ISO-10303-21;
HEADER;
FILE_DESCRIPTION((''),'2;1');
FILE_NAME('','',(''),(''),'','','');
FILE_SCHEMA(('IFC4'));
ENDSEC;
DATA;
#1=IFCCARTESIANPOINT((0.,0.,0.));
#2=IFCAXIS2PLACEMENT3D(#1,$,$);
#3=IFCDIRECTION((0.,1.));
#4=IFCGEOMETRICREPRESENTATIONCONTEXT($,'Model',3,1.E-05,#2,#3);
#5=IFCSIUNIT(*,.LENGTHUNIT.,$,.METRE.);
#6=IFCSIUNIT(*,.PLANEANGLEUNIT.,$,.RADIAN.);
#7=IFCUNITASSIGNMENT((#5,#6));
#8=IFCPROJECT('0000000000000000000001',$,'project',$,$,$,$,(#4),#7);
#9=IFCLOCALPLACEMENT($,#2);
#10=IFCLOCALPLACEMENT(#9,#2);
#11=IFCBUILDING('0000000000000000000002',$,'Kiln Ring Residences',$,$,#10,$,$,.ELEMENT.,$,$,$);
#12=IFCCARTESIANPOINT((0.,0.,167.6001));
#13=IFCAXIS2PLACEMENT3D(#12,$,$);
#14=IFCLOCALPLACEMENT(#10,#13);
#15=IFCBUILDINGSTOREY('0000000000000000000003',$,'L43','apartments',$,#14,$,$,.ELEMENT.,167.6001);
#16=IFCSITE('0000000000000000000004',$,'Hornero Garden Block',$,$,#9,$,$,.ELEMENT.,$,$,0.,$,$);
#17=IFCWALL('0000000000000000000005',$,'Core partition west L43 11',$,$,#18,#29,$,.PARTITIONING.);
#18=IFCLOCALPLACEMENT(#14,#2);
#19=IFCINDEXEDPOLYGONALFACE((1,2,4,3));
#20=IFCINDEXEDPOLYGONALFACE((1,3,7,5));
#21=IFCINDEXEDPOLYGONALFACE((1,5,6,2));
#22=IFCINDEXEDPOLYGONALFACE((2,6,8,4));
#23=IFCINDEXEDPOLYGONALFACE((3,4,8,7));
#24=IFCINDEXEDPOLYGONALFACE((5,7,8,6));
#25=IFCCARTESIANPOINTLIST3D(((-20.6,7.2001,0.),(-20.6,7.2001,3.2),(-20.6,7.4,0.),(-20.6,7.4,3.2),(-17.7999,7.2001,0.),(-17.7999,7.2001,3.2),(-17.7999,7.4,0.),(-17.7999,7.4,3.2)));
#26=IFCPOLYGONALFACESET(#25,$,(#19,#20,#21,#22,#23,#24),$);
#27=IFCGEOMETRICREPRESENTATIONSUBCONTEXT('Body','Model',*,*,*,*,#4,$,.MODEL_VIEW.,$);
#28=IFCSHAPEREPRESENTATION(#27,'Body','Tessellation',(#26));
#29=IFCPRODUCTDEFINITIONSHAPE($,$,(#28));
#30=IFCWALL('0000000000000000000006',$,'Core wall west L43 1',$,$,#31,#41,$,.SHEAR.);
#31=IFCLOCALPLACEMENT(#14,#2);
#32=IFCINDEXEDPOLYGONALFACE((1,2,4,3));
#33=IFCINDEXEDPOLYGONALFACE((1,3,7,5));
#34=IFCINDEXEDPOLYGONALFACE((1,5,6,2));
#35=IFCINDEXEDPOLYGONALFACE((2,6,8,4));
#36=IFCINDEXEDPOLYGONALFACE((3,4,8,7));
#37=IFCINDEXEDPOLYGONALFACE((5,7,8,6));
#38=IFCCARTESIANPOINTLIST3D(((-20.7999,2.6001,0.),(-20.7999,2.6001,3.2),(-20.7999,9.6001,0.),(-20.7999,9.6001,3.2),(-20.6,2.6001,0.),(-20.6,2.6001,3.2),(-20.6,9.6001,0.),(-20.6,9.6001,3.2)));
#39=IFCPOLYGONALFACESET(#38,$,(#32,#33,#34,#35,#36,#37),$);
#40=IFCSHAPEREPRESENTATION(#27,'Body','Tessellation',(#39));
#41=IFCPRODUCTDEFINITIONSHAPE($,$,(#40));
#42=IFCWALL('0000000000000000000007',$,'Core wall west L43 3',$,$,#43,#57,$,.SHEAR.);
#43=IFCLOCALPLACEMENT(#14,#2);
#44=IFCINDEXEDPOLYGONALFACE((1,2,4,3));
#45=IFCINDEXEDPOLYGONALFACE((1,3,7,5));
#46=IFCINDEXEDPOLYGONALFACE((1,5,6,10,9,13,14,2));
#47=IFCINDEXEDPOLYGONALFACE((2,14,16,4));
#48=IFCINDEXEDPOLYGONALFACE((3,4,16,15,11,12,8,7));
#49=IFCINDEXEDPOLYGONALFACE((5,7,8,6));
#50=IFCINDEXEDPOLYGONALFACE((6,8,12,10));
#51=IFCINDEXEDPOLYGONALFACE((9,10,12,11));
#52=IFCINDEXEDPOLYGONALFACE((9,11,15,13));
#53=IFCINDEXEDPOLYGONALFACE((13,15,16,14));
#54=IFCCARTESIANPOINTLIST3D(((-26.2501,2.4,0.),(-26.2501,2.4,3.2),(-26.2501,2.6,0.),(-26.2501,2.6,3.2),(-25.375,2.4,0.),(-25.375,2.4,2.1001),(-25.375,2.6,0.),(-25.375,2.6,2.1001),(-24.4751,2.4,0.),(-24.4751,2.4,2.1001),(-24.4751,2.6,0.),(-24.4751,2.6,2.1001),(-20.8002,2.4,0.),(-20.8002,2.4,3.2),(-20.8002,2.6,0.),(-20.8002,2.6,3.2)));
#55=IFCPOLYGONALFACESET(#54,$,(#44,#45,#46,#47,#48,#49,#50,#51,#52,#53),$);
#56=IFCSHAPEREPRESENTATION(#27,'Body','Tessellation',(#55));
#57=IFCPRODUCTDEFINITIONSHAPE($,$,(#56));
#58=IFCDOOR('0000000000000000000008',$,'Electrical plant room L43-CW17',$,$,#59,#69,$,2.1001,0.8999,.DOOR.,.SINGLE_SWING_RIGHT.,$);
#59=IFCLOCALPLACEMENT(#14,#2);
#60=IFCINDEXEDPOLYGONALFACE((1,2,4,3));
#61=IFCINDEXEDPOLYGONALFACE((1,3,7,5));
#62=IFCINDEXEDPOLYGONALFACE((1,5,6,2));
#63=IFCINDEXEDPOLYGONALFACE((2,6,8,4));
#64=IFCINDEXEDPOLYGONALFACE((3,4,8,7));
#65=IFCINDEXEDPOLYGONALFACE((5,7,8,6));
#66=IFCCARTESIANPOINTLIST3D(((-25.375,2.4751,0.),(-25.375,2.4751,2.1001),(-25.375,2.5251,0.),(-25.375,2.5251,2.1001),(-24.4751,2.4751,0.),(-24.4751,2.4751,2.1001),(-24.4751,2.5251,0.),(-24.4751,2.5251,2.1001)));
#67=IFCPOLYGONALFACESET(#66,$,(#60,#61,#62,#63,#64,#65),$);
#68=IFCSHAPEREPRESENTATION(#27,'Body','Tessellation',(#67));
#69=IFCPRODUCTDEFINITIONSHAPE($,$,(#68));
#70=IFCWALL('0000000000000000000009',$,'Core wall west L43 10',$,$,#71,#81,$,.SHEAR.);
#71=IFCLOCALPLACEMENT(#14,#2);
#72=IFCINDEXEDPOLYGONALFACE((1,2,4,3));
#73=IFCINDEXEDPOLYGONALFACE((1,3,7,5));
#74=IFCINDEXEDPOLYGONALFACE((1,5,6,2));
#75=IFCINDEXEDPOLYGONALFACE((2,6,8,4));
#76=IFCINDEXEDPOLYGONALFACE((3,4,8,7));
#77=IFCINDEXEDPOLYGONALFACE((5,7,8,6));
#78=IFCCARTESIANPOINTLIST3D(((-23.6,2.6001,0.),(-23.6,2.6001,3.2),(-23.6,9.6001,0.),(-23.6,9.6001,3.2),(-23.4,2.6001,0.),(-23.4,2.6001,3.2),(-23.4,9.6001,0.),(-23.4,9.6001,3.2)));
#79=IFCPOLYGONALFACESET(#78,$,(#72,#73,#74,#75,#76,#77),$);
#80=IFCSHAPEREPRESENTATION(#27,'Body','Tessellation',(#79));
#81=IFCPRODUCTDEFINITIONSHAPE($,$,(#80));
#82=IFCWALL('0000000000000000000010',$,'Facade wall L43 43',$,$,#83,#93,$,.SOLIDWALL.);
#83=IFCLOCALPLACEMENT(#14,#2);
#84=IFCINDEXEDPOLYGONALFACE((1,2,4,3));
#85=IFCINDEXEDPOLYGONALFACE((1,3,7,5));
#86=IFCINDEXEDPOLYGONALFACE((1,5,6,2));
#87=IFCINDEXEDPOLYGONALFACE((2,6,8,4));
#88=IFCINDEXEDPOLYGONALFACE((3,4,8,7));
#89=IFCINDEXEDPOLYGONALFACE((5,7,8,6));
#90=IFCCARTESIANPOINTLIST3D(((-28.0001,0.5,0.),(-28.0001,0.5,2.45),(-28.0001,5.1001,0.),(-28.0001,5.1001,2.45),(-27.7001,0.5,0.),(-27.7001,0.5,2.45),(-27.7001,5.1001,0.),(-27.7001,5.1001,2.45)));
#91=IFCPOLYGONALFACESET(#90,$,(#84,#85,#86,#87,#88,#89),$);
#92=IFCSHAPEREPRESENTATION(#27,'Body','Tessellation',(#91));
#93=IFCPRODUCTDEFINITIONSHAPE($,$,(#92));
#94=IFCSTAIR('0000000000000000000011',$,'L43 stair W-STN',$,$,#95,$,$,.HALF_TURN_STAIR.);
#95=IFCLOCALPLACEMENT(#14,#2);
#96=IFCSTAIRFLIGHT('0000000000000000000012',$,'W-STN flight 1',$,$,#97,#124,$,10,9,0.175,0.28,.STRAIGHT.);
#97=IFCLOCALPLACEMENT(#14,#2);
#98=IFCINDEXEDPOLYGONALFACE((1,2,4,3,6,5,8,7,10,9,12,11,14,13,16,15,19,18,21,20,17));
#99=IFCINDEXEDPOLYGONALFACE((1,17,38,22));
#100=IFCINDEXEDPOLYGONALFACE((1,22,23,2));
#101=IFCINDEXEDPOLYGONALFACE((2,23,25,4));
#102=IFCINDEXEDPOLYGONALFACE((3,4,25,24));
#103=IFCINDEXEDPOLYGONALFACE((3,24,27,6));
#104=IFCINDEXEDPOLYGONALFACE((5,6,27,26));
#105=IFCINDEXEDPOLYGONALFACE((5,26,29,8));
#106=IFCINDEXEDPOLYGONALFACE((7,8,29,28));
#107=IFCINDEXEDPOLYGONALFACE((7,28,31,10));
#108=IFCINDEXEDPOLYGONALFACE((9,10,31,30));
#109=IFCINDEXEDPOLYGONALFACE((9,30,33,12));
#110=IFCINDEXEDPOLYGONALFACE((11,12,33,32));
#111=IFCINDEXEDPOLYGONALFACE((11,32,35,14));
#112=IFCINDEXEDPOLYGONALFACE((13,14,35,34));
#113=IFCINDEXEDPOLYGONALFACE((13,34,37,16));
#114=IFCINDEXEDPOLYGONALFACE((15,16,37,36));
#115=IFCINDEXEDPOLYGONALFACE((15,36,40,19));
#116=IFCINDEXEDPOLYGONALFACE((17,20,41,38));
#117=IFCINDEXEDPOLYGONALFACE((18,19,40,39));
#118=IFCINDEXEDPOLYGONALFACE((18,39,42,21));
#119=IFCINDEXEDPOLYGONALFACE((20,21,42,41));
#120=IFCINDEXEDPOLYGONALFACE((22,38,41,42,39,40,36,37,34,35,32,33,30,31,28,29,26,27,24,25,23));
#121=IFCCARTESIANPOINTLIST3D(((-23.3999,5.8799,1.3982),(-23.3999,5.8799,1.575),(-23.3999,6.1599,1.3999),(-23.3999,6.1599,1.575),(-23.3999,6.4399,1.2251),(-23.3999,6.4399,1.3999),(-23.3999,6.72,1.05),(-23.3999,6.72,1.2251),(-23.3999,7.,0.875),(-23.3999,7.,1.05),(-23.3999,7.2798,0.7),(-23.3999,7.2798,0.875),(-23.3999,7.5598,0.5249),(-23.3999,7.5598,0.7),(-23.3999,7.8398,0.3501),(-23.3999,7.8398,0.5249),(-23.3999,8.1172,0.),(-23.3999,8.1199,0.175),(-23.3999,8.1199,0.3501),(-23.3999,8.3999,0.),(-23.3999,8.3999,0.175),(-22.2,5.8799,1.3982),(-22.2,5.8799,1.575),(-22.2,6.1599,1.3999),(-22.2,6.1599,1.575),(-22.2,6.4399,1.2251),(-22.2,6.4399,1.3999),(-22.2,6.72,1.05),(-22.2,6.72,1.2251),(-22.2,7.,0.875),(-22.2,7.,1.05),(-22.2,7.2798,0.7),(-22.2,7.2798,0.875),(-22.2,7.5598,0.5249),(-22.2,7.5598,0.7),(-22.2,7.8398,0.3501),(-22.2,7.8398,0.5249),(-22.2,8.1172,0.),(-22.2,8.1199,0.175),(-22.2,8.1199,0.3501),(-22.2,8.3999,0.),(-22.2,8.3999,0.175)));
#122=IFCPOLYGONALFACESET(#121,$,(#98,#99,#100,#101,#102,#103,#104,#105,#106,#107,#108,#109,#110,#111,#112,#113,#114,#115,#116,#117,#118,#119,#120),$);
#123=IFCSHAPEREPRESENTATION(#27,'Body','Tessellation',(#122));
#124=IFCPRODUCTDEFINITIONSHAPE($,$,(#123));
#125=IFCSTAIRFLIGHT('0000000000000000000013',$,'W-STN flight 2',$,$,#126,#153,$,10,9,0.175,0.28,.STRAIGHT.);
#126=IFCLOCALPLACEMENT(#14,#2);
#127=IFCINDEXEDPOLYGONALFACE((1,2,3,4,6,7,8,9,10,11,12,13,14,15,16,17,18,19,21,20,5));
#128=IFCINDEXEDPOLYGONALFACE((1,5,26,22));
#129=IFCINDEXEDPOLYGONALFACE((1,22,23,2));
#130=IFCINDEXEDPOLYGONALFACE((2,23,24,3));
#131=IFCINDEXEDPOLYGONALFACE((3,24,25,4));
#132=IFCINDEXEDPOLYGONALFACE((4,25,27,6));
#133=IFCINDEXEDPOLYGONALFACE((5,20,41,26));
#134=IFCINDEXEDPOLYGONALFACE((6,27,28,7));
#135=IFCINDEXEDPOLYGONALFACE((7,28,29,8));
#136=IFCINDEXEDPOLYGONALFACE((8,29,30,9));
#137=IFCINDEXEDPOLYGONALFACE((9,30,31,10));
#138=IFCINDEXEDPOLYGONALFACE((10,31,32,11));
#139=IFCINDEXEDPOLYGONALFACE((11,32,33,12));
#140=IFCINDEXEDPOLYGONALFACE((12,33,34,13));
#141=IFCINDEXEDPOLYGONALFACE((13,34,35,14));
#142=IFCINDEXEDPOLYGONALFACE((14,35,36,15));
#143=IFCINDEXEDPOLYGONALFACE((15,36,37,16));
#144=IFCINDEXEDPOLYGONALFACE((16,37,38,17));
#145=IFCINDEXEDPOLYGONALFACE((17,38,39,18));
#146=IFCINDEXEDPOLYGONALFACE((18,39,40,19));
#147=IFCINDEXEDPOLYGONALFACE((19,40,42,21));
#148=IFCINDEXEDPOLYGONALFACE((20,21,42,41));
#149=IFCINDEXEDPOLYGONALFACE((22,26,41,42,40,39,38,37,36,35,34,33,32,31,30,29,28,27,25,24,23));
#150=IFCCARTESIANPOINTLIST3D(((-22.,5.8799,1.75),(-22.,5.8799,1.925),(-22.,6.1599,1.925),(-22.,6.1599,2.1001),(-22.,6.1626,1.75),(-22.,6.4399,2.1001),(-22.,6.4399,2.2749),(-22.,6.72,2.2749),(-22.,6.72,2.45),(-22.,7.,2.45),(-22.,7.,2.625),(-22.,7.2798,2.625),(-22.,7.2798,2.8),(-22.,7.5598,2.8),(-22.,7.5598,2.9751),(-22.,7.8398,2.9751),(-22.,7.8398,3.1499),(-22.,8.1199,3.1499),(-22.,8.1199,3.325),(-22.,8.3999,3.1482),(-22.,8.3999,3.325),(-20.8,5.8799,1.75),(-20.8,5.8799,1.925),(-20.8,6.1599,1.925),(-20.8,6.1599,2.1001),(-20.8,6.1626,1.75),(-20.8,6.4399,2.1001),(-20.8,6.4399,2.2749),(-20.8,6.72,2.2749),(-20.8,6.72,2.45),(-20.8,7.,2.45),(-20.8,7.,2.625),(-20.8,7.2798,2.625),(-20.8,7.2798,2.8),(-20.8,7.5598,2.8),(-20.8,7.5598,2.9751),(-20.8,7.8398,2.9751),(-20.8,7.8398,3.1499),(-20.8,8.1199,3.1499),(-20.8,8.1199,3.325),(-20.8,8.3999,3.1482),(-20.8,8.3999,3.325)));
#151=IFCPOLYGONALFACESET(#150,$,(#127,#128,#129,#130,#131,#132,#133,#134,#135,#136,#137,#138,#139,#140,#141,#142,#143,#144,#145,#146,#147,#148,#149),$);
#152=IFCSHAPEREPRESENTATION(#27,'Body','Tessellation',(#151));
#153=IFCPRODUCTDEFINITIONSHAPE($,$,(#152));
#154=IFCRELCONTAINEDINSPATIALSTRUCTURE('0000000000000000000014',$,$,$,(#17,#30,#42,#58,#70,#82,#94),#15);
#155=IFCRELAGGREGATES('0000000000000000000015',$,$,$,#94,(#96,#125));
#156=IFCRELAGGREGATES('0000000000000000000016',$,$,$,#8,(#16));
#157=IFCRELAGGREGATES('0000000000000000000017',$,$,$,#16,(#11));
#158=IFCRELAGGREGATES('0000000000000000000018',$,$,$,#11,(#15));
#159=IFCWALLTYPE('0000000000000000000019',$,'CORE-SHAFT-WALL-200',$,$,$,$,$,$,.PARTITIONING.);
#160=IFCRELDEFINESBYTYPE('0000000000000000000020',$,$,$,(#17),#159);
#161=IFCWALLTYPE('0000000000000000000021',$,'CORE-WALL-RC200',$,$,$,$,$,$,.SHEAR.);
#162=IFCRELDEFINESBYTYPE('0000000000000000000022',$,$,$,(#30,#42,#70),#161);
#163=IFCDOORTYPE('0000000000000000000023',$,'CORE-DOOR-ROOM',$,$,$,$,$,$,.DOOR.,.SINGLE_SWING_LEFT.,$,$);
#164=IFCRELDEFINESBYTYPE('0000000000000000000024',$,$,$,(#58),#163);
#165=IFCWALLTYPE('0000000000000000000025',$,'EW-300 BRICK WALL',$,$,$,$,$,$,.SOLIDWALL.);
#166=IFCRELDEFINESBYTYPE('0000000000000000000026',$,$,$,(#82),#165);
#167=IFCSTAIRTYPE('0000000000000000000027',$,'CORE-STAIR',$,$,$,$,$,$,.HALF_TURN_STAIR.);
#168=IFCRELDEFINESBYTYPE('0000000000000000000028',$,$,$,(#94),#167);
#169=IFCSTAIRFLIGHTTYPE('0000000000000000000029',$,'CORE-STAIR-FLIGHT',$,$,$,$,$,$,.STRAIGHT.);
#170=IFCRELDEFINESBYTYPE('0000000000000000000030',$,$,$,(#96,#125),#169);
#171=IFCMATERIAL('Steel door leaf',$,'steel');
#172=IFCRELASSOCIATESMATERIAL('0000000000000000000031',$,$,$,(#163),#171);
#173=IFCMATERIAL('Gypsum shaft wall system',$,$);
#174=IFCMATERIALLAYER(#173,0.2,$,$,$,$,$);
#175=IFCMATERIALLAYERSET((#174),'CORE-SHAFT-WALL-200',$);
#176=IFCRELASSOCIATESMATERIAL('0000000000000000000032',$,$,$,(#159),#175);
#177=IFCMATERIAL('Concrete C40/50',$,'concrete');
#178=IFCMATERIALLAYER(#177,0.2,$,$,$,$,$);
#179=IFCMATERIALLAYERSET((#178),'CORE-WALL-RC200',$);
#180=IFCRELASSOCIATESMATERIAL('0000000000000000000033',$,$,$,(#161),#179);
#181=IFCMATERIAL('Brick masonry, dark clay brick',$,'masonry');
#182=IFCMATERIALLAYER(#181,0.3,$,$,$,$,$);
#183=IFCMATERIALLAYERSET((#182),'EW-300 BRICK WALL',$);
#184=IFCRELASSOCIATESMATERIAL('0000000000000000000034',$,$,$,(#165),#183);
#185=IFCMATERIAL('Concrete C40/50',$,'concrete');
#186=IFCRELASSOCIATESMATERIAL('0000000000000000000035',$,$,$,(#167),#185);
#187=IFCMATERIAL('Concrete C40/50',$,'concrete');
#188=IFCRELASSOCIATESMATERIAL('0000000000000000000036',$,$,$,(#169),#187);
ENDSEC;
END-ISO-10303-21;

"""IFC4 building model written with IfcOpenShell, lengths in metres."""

from ifc_helpers import new_model, si_unit, direction, frame, frame_2d, origin, place, context, subcontext, project, spatial, polyline, rectangle, outline, extrude, material, layer, layer_set, type_object, element, fill, aggregate, save


model = new_model("IFC4")

# Units and contexts
model_context = context("Model", 3, precision=1e-05, world=origin(), true_north=direction((0.0, 1.0)))
body_context = subcontext(model_context, "Body", "Model", "MODEL_VIEW")
ifc_project = project(units=[si_unit("LENGTHUNIT", "METRE"), si_unit("PLANEANGLEUNIT", "RADIAN")], contexts=[model_context])

# Site, building, storey
site_placement = place(None, origin())
site = spatial("IfcSite", under=ifc_project, at=site_placement, Name="Hornero Garden Block", CompositionType="ELEMENT", RefElevation=0.0)
building_placement = place(site_placement, origin())
building = spatial("IfcBuilding", under=site, at=building_placement, Name="Kiln Ring Residences", CompositionType="ELEMENT")
storey_placement = place(building_placement, frame((0.0, 0.0, 167.6001)))
storey = spatial("IfcBuildingStorey", under=building, at=storey_placement, Name="L43", Description="apartments", CompositionType="ELEMENT", Elevation=167.6001)

# Shared definitions
ifc_material_1 = material(Name="Steel door leaf", Category="steel")
door_type = type_object("IfcDoorType", Name="CORE-DOOR-ROOM", OperationType="SINGLE_SWING_LEFT", PredefinedType="DOOR", material=ifc_material_1)

# Shared definitions
ifc_material_2 = material(Name="Gypsum shaft wall system")
ifc_layer_1 = layer(ifc_material_2, 0.2)
ifc_layer_set_1 = layer_set([ifc_layer_1], Name="CORE-SHAFT-WALL-200")
wall_type_1 = type_object("IfcWallType", Name="CORE-SHAFT-WALL-200", PredefinedType="PARTITIONING", material=ifc_layer_set_1)

# Walls
for number, where, z_axis, x_axis, name in (
    (1, (-17.8, 7.3, 0.0), (0.0, 0.0, 1.0), (-1.0, 0.0, 0.0), "Core partition west L43 11"),
):
    element("IfcWall", number, at=place(storey_placement, frame(where, z_axis=z_axis, x_axis=x_axis)), inside=storey, type_object=wall_type_1, Name=name, PredefinedType="PARTITIONING", context=body_context, shape_type="SweptSolid", body=[
        extrude(rectangle(XDim=2.8, YDim=0.2, at=frame_2d((1.3999, 0.0))), origin(), (0.0, 0.0, 1.0), 3.2),
    ])
ifc_material_3 = material(Name="Concrete C40/50", Category="concrete")
ifc_layer_2 = layer(ifc_material_3, 0.2)
ifc_layer_set_2 = layer_set([ifc_layer_2], Name="CORE-WALL-RC200")
wall_type_2 = type_object("IfcWallType", Name="CORE-WALL-RC200", PredefinedType="SHEAR", material=ifc_layer_set_2)
wall_1_placement = place(storey_placement, frame((-20.7, 2.6001, 0.0), z_axis=(0.0, 0.0, 1.0), x_axis=(0.0, 1.0, 0.0)))
element("IfcWall", 2, at=wall_1_placement, inside=storey, type_object=wall_type_2, Name="Core wall west L43 1", PredefinedType="SHEAR", context=body_context, shape_type="SweptSolid", body=[
    extrude(rectangle(XDim=7.0, YDim=0.2, at=frame_2d((3.5, 0.0))), origin(), (0.0, 0.0, 1.0), 3.2),
])

# Wall, opening, door
wall_2_placement = place(storey_placement, frame((-20.8, 2.5, 0.0), z_axis=(0.0, 0.0, 1.0), x_axis=(-1.0, 0.0, 0.0)))
wall_2 = element("IfcWall", 3, at=wall_2_placement, inside=storey, type_object=wall_type_2, Name="Core wall west L43 3", PredefinedType="SHEAR", context=body_context, shape_type="SweptSolid", body=[
    extrude(rectangle(XDim=5.45, YDim=0.2, at=frame_2d((2.7251, 0.0))), origin(), (0.0, 0.0, 1.0), 3.2),
])
opening_1_placement = place(wall_2_placement, frame((3.675, 0.0, 0.0)))
opening_1 = element("IfcOpeningElement", 4, at=opening_1_placement, cuts=wall_2, PredefinedType="OPENING", context=body_context, shape_type="SweptSolid", body=[
    extrude(rectangle(XDim=0.8999, YDim=2.1001, at=frame_2d((0.45, 1.05))), frame((0.0, 0.1099, 0.0), z_axis=(0.0, -1.0, 0.0), x_axis=(1.0, 0.0, 0.0)), (0.0, 0.0, 1.0), 0.22),
])
door_1_placement = place(opening_1_placement, origin())
door_1 = element("IfcDoor", 5, at=door_1_placement, inside=storey, type_object=door_type, Name="Electrical plant room L43-CW17", OperationType="SINGLE_SWING_RIGHT", OverallHeight=2.1001, OverallWidth=0.8999, PredefinedType="DOOR", context=body_context, shape_type="SweptSolid", body=[
    extrude(rectangle(XDim=0.8999, YDim=2.1001, at=frame_2d((0.45, 1.05))), frame((0.0, 0.0249, 0.0), z_axis=(0.0, -1.0, 0.0), x_axis=(1.0, 0.0, 0.0)), (0.0, 0.0, 1.0), 0.05),
])
fill(opening_1, door_1)

# Walls
wall_3_placement = place(storey_placement, frame((-23.5, 2.6001, 0.0), z_axis=(0.0, 0.0, 1.0), x_axis=(0.0, 1.0, 0.0)))
element("IfcWall", 6, at=wall_3_placement, inside=storey, type_object=wall_type_2, Name="Core wall west L43 10", PredefinedType="SHEAR", context=body_context, shape_type="SweptSolid", body=[
    extrude(rectangle(XDim=7.0, YDim=0.2, at=frame_2d((3.5, 0.0))), origin(), (0.0, 0.0, 1.0), 3.2),
])
ifc_material_4 = material(Name="Brick masonry, dark clay brick", Category="masonry")
ifc_layer_3 = layer(ifc_material_4, 0.3)
ifc_layer_set_3 = layer_set([ifc_layer_3], Name="EW-300 BRICK WALL")
wall_type_3 = type_object("IfcWallType", Name="EW-300 BRICK WALL", PredefinedType="SOLIDWALL", material=ifc_layer_set_3)
wall_4_placement = place(storey_placement, frame((-27.8501, 5.1001, 0.0), z_axis=(0.0, 0.0, 1.0), x_axis=(0.0, -1.0, 0.0)))
element("IfcWall", 7, at=wall_4_placement, inside=storey, type_object=wall_type_3, Name="Facade wall L43 43", PredefinedType="SOLIDWALL", context=body_context, shape_type="SweptSolid", body=[
    extrude(rectangle(XDim=4.6001, YDim=0.3, at=frame_2d((2.3, 0.0))), origin(), (0.0, 0.0, 1.0), 2.45),
])

# Stair, stair flights
ifc_material_5 = material(Name="Concrete C40/50", Category="concrete")
stair_type = type_object("IfcStairType", Name="CORE-STAIR", PredefinedType="HALF_TURN_STAIR", material=ifc_material_5)
stair_placement = place(storey_placement, origin())
stair = element("IfcStair", 8, at=stair_placement, inside=storey, type_object=stair_type, Name="L43 stair W-STN", PredefinedType="HALF_TURN_STAIR")
ifc_material_6 = material(Name="Concrete C40/50", Category="concrete")
stair_flight_type = type_object("IfcStairFlightType", Name="CORE-STAIR-FLIGHT", PredefinedType="STRAIGHT", material=ifc_material_6)
stair_flight_1_placement = place(storey_placement, frame((-22.8, 8.3999, 0.0), z_axis=(0.0, 0.0, 1.0), x_axis=(0.0, -1.0, 0.0)))
stair_flight_1 = element("IfcStairFlight", 9, at=stair_flight_1_placement, type_object=stair_flight_type, Name="W-STN flight 1", NumberOfRisers=10, NumberOfTreads=9, PredefinedType="STRAIGHT", RiserHeight=0.175, TreadLength=0.28, context=body_context, shape_type="SweptSolid", body=[
    extrude(outline(polyline([(0.0, 0.0), (0.0, 0.175), (0.28, 0.175), (0.28, 0.3501), (0.5601, 0.3501), (0.5601, 0.5249), (0.8401, 0.5249), (0.8401, 0.7), (1.1201, 0.7), (1.1201, 0.875), (1.3999, 0.875), (1.3999, 1.05), (1.6799, 1.05), (1.6799, 1.2251), (1.96, 1.2251), (1.96, 1.3999), (2.24, 1.3999), (2.24, 1.575), (2.52, 1.575), (2.52, 1.75), (2.52, 1.3982), (0.2827, 0.0), (0.0, 0.0)])), frame((0.0, 0.6001, 0.0), z_axis=(0.0, -1.0, 0.0), x_axis=(1.0, 0.0, 0.0)), (0.0, 0.0, 1.0), 1.2),
])
stair_flight_2_placement = place(storey_placement, frame((-21.3999, 5.8799, 1.75), z_axis=(0.0, 0.0, 1.0), x_axis=(0.0, 1.0, 0.0)))
stair_flight_2 = element("IfcStairFlight", 10, at=stair_flight_2_placement, type_object=stair_flight_type, Name="W-STN flight 2", NumberOfRisers=10, NumberOfTreads=9, PredefinedType="STRAIGHT", RiserHeight=0.175, TreadLength=0.28, context=body_context, shape_type="SweptSolid", body=[
    extrude(outline(polyline([(0.0, 0.0), (0.0, 0.175), (0.28, 0.175), (0.28, 0.3501), (0.5601, 0.3501), (0.5601, 0.5249), (0.8401, 0.5249), (0.8401, 0.7), (1.1201, 0.7), (1.1201, 0.875), (1.3999, 0.875), (1.3999, 1.05), (1.6799, 1.05), (1.6799, 1.2251), (1.96, 1.2251), (1.96, 1.3999), (2.24, 1.3999), (2.24, 1.575), (2.52, 1.575), (2.52, 1.75), (2.52, 1.3982), (0.2827, 0.0), (0.0, 0.0)])), frame((0.0, 0.6001, 0.0), z_axis=(0.0, -1.0, 0.0), x_axis=(1.0, 0.0, 0.0)), (0.0, 0.0, 1.0), 1.2),
])
aggregate(stair, [stair_flight_1, stair_flight_2])

save(model, "model.ifc")
